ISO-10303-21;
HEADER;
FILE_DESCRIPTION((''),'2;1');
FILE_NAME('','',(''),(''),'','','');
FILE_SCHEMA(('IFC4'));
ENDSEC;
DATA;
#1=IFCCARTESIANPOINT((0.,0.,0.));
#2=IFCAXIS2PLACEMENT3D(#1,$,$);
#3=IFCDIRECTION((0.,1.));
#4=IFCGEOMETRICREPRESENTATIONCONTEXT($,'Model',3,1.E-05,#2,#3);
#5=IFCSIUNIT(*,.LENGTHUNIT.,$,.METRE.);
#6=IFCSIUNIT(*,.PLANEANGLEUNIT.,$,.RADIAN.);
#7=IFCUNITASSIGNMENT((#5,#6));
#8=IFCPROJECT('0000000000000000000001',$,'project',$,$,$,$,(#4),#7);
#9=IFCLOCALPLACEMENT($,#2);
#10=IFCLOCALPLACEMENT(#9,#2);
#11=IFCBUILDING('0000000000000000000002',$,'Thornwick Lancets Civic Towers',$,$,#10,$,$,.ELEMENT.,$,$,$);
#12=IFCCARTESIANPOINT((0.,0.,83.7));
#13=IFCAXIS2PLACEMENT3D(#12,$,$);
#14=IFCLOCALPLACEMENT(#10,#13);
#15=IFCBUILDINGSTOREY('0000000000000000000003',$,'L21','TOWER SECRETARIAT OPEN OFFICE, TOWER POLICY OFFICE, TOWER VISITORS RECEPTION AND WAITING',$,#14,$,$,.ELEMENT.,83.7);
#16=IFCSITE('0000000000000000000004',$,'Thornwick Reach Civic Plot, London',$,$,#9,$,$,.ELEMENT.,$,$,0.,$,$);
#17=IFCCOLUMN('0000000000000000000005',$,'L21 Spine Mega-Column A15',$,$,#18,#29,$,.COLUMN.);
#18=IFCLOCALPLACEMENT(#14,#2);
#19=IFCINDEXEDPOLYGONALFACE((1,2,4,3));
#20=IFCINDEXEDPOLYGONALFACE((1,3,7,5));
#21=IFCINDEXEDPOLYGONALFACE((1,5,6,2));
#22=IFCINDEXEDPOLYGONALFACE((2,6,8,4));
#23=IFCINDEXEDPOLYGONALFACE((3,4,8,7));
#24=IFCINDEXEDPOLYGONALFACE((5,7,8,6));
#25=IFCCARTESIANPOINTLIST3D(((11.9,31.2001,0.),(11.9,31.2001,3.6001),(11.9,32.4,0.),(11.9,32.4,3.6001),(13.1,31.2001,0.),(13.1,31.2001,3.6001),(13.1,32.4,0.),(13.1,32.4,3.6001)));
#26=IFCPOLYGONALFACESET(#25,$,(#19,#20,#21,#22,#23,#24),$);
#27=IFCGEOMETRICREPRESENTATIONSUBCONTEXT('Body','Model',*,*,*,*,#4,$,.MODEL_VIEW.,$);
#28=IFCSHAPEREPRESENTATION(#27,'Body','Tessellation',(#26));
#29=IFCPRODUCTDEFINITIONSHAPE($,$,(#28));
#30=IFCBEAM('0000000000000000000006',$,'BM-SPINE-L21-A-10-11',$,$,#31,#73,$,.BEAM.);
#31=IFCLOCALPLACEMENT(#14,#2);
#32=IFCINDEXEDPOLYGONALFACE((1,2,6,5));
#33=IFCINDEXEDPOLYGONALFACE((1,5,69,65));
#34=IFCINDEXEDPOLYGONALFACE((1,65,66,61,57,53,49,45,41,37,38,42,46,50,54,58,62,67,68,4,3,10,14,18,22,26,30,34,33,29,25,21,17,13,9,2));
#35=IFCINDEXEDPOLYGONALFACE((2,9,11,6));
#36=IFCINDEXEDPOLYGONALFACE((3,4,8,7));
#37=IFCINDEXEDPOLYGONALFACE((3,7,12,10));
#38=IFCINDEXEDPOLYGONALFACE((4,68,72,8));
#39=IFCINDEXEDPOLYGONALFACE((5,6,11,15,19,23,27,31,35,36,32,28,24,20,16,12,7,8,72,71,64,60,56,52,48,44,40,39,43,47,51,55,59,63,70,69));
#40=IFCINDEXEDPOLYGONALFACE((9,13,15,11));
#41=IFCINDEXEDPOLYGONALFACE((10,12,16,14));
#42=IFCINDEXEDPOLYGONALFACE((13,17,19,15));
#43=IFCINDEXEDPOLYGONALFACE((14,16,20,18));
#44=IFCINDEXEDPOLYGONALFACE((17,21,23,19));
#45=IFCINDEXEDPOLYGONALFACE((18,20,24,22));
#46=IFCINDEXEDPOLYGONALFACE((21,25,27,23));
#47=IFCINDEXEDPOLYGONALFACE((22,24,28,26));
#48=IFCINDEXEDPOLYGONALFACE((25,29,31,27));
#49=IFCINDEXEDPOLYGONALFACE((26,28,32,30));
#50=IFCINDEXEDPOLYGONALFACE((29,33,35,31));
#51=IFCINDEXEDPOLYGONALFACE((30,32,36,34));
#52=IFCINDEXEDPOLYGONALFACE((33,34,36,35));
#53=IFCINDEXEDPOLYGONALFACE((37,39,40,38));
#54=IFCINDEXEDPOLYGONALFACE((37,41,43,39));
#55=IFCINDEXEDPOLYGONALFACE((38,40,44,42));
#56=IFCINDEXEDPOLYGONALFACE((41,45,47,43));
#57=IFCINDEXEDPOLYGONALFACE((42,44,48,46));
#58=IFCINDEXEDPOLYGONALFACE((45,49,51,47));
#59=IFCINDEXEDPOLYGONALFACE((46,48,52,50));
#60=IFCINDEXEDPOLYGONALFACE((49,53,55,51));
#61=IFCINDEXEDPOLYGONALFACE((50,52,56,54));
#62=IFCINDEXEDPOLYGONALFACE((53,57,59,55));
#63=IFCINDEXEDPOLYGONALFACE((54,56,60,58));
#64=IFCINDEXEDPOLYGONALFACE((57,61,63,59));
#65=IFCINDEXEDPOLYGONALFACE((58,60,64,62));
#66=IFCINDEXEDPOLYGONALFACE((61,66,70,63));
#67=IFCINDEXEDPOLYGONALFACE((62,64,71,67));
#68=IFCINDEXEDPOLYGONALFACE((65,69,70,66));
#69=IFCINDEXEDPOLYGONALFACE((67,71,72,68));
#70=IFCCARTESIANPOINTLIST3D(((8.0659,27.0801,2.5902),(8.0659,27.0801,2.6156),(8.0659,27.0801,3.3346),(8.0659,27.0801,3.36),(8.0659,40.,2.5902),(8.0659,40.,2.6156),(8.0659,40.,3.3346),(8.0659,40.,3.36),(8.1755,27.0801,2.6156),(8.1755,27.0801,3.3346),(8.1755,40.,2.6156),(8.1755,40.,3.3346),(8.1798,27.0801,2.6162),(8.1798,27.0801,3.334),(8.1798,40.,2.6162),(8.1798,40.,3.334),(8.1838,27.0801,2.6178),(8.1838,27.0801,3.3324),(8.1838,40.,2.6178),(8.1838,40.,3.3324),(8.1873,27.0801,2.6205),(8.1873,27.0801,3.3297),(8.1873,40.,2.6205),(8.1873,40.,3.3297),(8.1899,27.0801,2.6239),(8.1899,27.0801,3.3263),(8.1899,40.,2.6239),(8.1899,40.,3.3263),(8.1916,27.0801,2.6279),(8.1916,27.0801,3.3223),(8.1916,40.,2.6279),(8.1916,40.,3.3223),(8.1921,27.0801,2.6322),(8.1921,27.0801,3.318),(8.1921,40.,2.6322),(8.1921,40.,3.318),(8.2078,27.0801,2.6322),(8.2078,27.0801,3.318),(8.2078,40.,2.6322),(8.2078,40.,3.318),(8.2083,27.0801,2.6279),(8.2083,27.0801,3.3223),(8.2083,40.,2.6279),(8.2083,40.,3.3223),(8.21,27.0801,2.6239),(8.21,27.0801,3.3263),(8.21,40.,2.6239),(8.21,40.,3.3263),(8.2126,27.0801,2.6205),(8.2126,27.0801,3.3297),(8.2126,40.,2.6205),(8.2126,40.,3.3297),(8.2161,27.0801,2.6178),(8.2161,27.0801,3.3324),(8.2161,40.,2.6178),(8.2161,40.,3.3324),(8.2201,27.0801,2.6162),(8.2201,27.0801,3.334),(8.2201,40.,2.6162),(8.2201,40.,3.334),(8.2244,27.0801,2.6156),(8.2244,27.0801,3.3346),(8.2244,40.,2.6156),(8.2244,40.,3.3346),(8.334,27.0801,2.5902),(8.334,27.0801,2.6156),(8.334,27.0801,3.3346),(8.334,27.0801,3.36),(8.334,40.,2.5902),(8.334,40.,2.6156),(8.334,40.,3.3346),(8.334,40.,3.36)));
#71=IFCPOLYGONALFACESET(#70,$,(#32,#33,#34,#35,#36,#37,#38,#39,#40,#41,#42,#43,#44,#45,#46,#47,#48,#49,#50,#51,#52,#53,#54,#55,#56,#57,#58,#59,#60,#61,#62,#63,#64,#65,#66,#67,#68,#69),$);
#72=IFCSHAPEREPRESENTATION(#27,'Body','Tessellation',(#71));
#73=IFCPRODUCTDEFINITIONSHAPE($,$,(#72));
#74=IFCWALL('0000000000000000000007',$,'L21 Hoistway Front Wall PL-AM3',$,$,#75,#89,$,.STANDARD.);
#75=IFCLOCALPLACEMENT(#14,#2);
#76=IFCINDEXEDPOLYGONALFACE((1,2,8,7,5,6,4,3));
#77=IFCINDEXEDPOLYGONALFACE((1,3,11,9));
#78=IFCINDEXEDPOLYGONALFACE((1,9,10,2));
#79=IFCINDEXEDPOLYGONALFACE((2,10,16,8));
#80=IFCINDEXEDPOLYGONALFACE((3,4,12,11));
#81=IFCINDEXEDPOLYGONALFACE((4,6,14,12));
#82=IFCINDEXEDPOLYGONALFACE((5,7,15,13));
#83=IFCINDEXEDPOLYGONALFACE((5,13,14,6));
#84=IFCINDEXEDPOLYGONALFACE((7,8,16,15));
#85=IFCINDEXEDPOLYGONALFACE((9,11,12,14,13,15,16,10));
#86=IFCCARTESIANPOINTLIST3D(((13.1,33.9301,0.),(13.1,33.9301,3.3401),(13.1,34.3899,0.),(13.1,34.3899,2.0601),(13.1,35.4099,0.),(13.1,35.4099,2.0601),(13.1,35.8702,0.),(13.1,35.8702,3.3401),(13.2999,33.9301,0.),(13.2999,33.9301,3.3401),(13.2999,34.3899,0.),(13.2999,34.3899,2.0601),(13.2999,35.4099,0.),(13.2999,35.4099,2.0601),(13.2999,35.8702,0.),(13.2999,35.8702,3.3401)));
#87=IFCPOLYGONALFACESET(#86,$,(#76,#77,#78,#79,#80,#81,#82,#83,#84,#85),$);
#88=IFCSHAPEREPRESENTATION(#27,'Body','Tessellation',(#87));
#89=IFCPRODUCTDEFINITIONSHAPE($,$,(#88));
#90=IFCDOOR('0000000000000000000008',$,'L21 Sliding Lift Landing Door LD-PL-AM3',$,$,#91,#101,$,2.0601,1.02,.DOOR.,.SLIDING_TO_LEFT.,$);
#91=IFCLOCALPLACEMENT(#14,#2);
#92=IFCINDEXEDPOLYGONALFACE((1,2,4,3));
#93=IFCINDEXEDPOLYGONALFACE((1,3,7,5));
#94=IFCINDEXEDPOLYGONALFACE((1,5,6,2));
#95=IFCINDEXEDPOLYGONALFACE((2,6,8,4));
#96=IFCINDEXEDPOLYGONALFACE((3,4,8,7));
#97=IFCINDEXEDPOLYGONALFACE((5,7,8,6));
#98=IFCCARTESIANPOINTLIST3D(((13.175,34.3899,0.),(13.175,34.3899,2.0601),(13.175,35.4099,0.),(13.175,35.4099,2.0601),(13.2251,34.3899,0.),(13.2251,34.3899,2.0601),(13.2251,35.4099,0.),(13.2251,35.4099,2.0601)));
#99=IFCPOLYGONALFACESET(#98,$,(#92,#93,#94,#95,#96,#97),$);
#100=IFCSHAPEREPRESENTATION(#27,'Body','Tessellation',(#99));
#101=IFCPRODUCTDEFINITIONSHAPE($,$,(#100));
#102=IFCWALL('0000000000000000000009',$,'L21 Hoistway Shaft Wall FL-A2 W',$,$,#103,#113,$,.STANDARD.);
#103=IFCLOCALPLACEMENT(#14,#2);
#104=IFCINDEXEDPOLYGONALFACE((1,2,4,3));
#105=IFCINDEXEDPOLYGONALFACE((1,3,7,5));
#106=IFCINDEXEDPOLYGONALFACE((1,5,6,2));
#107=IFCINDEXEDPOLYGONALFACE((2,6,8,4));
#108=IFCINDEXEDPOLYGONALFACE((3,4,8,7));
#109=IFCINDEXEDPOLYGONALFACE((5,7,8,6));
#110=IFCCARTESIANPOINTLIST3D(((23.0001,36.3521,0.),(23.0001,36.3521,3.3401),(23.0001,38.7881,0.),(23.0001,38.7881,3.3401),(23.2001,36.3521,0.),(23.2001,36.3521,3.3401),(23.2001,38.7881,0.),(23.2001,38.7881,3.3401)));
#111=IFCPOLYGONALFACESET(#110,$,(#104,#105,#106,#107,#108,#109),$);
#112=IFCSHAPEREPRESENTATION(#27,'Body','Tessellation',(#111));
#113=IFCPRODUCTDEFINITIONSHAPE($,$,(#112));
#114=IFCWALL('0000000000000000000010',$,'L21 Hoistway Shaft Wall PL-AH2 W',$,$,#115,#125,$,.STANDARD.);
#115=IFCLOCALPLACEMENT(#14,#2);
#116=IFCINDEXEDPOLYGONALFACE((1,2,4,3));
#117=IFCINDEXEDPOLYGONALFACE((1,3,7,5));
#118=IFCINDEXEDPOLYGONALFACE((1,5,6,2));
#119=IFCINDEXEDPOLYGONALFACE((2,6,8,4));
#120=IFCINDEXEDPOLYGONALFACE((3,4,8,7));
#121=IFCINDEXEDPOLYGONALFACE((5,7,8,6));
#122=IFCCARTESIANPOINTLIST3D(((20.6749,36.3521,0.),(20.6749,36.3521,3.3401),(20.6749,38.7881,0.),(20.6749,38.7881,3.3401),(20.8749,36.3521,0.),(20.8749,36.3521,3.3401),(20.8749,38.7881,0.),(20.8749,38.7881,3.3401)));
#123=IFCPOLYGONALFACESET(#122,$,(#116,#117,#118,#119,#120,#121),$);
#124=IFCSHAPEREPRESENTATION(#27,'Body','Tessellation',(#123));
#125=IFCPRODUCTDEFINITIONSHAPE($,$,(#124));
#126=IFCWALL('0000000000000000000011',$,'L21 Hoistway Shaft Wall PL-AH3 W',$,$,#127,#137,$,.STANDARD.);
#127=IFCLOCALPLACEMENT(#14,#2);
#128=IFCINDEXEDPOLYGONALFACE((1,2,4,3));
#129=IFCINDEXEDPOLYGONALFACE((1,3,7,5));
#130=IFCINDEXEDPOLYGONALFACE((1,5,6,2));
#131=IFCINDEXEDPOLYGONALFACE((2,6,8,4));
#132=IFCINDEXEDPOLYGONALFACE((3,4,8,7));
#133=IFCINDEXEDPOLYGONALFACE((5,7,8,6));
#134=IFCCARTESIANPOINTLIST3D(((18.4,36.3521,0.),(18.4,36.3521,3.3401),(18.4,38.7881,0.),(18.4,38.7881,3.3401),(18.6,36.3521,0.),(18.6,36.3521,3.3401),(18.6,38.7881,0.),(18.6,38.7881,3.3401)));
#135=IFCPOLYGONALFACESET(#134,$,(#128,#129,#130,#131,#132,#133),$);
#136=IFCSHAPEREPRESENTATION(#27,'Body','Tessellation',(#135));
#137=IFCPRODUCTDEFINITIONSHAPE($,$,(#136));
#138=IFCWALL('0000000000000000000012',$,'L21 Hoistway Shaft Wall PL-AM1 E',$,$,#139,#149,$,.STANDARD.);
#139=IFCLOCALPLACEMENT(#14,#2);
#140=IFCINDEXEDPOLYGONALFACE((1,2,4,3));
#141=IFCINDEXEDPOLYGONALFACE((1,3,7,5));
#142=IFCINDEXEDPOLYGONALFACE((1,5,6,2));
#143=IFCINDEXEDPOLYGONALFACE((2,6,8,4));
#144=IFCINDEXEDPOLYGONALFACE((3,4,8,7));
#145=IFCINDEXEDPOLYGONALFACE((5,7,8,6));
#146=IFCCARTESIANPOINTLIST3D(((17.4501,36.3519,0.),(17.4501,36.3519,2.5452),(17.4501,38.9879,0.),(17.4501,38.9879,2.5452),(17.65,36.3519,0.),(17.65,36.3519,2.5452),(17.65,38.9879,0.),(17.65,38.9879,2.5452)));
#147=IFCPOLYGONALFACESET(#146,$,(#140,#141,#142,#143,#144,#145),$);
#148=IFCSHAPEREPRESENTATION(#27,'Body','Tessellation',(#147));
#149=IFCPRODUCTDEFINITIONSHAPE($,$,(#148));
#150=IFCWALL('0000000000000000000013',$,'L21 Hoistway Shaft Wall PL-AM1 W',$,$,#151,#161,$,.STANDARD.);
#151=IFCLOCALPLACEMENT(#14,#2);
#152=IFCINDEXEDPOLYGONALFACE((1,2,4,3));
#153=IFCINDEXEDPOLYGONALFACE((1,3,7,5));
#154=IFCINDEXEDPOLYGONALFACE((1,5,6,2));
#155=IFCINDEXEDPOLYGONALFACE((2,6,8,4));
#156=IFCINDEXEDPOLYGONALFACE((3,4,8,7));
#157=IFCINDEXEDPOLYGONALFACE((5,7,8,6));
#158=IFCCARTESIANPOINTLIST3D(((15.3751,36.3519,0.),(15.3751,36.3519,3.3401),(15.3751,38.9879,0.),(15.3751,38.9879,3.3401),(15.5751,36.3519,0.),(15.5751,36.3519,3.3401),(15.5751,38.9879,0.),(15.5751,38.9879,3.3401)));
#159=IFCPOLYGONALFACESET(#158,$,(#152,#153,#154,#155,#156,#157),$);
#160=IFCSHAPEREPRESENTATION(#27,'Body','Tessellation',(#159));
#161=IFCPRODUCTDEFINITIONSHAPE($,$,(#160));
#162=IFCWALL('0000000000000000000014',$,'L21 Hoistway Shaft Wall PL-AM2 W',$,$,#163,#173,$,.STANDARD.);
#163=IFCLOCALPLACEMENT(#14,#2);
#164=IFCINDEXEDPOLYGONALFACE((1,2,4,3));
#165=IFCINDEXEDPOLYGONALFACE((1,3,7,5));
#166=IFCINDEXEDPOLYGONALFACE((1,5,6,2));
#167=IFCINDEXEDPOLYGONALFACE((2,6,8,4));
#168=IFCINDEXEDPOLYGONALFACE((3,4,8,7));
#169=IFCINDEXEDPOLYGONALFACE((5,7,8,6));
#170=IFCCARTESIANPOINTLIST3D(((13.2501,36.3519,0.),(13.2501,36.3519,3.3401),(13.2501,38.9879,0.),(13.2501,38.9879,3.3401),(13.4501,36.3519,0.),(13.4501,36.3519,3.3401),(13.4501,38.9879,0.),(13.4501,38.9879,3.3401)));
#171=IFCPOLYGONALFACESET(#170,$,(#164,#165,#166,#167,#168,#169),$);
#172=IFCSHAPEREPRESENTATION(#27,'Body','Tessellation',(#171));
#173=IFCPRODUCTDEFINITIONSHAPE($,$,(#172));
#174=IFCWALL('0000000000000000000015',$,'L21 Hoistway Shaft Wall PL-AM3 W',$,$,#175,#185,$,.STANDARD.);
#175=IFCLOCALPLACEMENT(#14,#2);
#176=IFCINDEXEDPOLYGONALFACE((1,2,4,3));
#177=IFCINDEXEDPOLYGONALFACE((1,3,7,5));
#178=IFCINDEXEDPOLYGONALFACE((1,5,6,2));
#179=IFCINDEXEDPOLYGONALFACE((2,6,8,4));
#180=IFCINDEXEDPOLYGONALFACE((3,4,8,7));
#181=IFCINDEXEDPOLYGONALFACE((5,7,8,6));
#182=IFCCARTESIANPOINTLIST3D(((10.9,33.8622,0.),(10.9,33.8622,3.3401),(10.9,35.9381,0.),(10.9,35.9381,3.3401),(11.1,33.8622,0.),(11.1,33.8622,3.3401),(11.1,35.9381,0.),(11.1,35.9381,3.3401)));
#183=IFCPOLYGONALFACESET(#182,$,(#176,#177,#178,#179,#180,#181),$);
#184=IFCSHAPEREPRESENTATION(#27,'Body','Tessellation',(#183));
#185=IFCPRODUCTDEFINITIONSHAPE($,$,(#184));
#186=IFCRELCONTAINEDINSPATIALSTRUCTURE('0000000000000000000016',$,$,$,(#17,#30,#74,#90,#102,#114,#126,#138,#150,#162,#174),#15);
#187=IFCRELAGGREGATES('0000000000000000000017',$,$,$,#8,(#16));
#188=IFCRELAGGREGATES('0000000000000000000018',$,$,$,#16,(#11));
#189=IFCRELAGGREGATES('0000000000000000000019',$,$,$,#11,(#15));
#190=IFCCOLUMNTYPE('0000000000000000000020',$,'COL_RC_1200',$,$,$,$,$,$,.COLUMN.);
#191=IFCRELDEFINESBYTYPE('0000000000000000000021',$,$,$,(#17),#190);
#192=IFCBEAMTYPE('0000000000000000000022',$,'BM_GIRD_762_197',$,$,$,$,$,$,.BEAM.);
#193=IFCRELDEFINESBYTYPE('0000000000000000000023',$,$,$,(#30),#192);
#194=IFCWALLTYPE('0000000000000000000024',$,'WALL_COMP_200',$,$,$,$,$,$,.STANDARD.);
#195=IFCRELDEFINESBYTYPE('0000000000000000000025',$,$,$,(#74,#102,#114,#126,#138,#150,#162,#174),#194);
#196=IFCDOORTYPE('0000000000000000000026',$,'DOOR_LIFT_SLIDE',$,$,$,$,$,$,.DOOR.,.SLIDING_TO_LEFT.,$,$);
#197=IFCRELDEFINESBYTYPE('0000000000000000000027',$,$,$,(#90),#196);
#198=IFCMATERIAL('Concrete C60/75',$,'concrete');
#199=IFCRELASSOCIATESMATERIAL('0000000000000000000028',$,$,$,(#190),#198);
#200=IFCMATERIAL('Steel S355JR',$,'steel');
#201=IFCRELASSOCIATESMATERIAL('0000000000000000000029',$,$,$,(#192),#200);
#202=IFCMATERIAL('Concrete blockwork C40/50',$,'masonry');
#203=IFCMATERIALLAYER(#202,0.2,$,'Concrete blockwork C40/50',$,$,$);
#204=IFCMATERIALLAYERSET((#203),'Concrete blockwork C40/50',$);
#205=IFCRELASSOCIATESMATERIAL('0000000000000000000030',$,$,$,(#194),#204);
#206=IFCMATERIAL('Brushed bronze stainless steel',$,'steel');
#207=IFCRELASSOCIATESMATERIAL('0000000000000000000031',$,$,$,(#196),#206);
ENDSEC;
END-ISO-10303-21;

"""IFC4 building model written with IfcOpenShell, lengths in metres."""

from ifc_helpers import new_model, si_unit, direction, frame, frame_2d, origin, origin_2d, place, context, subcontext, project, spatial, rectangle, i_section, extrude, material, layer, layer_set, material_profile, profile_set, type_object, element, fill, save


model = new_model("IFC4")

# Units and contexts
model_context = context("Model", 3, precision=1e-05, world=origin(), true_north=direction((0.0, 1.0)))
body_context = subcontext(model_context, "Body", "Model", "MODEL_VIEW")
ifc_project = project(units=[si_unit("LENGTHUNIT", "METRE"), si_unit("PLANEANGLEUNIT", "RADIAN")], contexts=[model_context])

# Site, building, storey
site_placement = place(None, origin())
site = spatial("IfcSite", under=ifc_project, at=site_placement, Name="Thornwick Reach Civic Plot, London", CompositionType="ELEMENT", RefElevation=0.0)
building_placement = place(site_placement, origin())
building = spatial("IfcBuilding", under=site, at=building_placement, Name="Thornwick Lancets Civic Towers", CompositionType="ELEMENT")
storey_placement = place(building_placement, frame((0.0, 0.0, 83.7)))
storey = spatial("IfcBuildingStorey", under=building, at=storey_placement, Name="L21", Description="TOWER SECRETARIAT OPEN OFFICE, TOWER POLICY OFFICE, TOWER VISITORS RECEPTION AND WAITING", CompositionType="ELEMENT", Elevation=83.7)

# Column
ifc_material_1 = material(Name="Concrete C60/75", Category="concrete")
ifc_material_profile_1 = material_profile(ifc_material_1, rectangle(XDim=1.2, YDim=1.2, at=origin_2d()), Name="RC 1200x1200")
ifc_profile_set_1 = profile_set([ifc_material_profile_1], Name="Concrete C60/75")
column_type = type_object("IfcColumnType", Name="COL_RC_1200", PredefinedType="COLUMN", material=ifc_profile_set_1)
column_placement = place(storey_placement, frame((12.5, 31.8, 0.0), z_axis=(0.0, 0.0, 1.0), x_axis=(1.0, 0.0, 0.0)))
element("IfcColumn", 1, at=column_placement, inside=storey, type_object=column_type, Name="L21 Spine Mega-Column A15", PredefinedType="COLUMN", context=body_context, shape_type="SweptSolid", body=[
    extrude(rectangle(XDim=1.2, YDim=1.2, at=origin_2d()), origin(), (0.0, 0.0, 1.0), 3.6001),
])

# Beam
ifc_material_2 = material(Name="Steel S355JR", Category="steel")
ifc_material_profile_2 = material_profile(ifc_material_2, i_section(OverallWidth=0.2681, OverallDepth=0.7698, WebThickness=0.0156, FlangeThickness=0.0254, FilletRadius=0.0166, at=origin_2d()), Name="UKB 762x267x197")
ifc_profile_set_2 = profile_set([ifc_material_profile_2], Name="Steel S355JR")
beam_type = type_object("IfcBeamType", Name="BM_GIRD_762_197", PredefinedType="BEAM", material=ifc_profile_set_2)
beam_placement = place(storey_placement, frame((8.2, 27.0801, 2.9751), z_axis=(0.0, 1.0, 0.0), x_axis=(-1.0, 0.0, 0.0)))
element("IfcBeam", 2, at=beam_placement, inside=storey, type_object=beam_type, Name="BM-SPINE-L21-A-10-11", PredefinedType="BEAM", context=body_context, shape_type="SweptSolid", body=[
    extrude(i_section(OverallWidth=0.2681, OverallDepth=0.7698, WebThickness=0.0156, FlangeThickness=0.0254, FilletRadius=0.0166, at=origin_2d()), origin(), (0.0, 0.0, 1.0), 12.9199),
])

# Wall, opening, door
ifc_material_3 = material(Name="Concrete blockwork C40/50", Category="masonry")
ifc_layer_1 = layer(ifc_material_3, 0.2, Name="Concrete blockwork C40/50")
ifc_layer_set_1 = layer_set([ifc_layer_1], Name="Concrete blockwork C40/50")
wall_type_1 = type_object("IfcWallType", Name="WALL_COMP_200", PredefinedType="STANDARD", material=ifc_layer_set_1)
wall_1_placement = place(storey_placement, frame((13.2, 33.9299, 0.0), z_axis=(0.0, 0.0, 1.0), x_axis=(0.0, 1.0, 0.0)))
wall_1 = element("IfcWall", 3, at=wall_1_placement, inside=storey, type_object=wall_type_1, Name="L21 Hoistway Front Wall PL-AM3", PredefinedType="STANDARD", context=body_context, shape_type="SweptSolid", body=[
    extrude(rectangle(XDim=1.9402, YDim=0.2, at=frame_2d((0.9702, 0.0))), origin(), (0.0, 0.0, 1.0), 3.3401),
])
opening_1_placement = place(wall_1_placement, frame((0.46, 0.0, 0.0)))
opening_1 = element("IfcOpeningElement", 4, at=opening_1_placement, cuts=wall_1, PredefinedType="OPENING", context=body_context, shape_type="SweptSolid", body=[
    extrude(rectangle(XDim=1.02, YDim=2.0601, at=frame_2d((0.51, 1.03))), frame((0.0, 0.1099, 0.0), z_axis=(0.0, -1.0, 0.0), x_axis=(1.0, 0.0, 0.0)), (0.0, 0.0, 1.0), 0.22),
])
ifc_material_4 = material(Name="Brushed bronze stainless steel", Category="steel")
door_type_1 = type_object("IfcDoorType", Name="DOOR_LIFT_SLIDE", OperationType="SLIDING_TO_LEFT", PredefinedType="DOOR", material=ifc_material_4)
door_1_placement = place(opening_1_placement, origin())
door_1 = element("IfcDoor", 5, at=door_1_placement, inside=storey, type_object=door_type_1, Name="L21 Sliding Lift Landing Door LD-PL-AM3", OperationType="SLIDING_TO_LEFT", OverallHeight=2.0601, OverallWidth=1.02, PredefinedType="DOOR", context=body_context, shape_type="SweptSolid", body=[
    extrude(rectangle(XDim=1.02, YDim=2.0601, at=frame_2d((0.51, 1.03))), frame((0.0, 0.0249, 0.0), z_axis=(0.0, -1.0, 0.0), x_axis=(1.0, 0.0, 0.0)), (0.0, 0.0, 1.0), 0.05),
])
fill(opening_1, door_1)

# Walls
for number, where, z_axis, x_axis, name in (
    (6, (23.1001, 36.3521, 0.0), (0.0, 0.0, 1.0), (0.0, 1.0, 0.0), "L21 Hoistway Shaft Wall FL-A2 W"),
    (7, (20.7749, 36.3521, 0.0), (0.0, 0.0, 1.0), (0.0, 1.0, 0.0), "L21 Hoistway Shaft Wall PL-AH2 W"),
    (8, (18.5, 36.3521, 0.0), (0.0, 0.0, 1.0), (0.0, 1.0, 0.0), "L21 Hoistway Shaft Wall PL-AH3 W"),
):
    element("IfcWall", number, at=place(storey_placement, frame(where, z_axis=z_axis, x_axis=x_axis)), inside=storey, type_object=wall_type_1, Name=name, PredefinedType="STANDARD", context=body_context, shape_type="SweptSolid", body=[
        extrude(rectangle(XDim=2.436, YDim=0.2, at=frame_2d((1.218, 0.0))), origin(), (0.0, 0.0, 1.0), 3.3401),
    ])
wall_2_placement = place(storey_placement, frame((17.55, 36.3521, 0.0), z_axis=(0.0, 0.0, 1.0), x_axis=(0.0, 1.0, 0.0)))
element("IfcWall", 9, at=wall_2_placement, inside=storey, type_object=wall_type_1, Name="L21 Hoistway Shaft Wall PL-AM1 E", PredefinedType="STANDARD", context=body_context, shape_type="SweptSolid", body=[
    extrude(rectangle(XDim=2.636, YDim=0.2, at=frame_2d((1.3179, 0.0))), origin(), (0.0, 0.0, 1.0), 2.5452),
])
for number, where, z_axis, x_axis, name in (
    (10, (15.4751, 36.3521, 0.0), (0.0, 0.0, 1.0), (0.0, 1.0, 0.0), "L21 Hoistway Shaft Wall PL-AM1 W"),
    (11, (13.3501, 36.3521, 0.0), (0.0, 0.0, 1.0), (0.0, 1.0, 0.0), "L21 Hoistway Shaft Wall PL-AM2 W"),
):
    element("IfcWall", number, at=place(storey_placement, frame(where, z_axis=z_axis, x_axis=x_axis)), inside=storey, type_object=wall_type_1, Name=name, PredefinedType="STANDARD", context=body_context, shape_type="SweptSolid", body=[
        extrude(rectangle(XDim=2.636, YDim=0.2, at=frame_2d((1.3179, 0.0))), origin(), (0.0, 0.0, 1.0), 3.3401),
    ])
wall_3_placement = place(storey_placement, frame((11.0, 33.8621, 0.0), z_axis=(0.0, 0.0, 1.0), x_axis=(0.0, 1.0, 0.0)))
element("IfcWall", 12, at=wall_3_placement, inside=storey, type_object=wall_type_1, Name="L21 Hoistway Shaft Wall PL-AM3 W", PredefinedType="STANDARD", context=body_context, shape_type="SweptSolid", body=[
    extrude(rectangle(XDim=2.0759, YDim=0.2, at=frame_2d((1.0381, 0.0))), origin(), (0.0, 0.0, 1.0), 3.3401),
])

save(model, "model.ifc")
